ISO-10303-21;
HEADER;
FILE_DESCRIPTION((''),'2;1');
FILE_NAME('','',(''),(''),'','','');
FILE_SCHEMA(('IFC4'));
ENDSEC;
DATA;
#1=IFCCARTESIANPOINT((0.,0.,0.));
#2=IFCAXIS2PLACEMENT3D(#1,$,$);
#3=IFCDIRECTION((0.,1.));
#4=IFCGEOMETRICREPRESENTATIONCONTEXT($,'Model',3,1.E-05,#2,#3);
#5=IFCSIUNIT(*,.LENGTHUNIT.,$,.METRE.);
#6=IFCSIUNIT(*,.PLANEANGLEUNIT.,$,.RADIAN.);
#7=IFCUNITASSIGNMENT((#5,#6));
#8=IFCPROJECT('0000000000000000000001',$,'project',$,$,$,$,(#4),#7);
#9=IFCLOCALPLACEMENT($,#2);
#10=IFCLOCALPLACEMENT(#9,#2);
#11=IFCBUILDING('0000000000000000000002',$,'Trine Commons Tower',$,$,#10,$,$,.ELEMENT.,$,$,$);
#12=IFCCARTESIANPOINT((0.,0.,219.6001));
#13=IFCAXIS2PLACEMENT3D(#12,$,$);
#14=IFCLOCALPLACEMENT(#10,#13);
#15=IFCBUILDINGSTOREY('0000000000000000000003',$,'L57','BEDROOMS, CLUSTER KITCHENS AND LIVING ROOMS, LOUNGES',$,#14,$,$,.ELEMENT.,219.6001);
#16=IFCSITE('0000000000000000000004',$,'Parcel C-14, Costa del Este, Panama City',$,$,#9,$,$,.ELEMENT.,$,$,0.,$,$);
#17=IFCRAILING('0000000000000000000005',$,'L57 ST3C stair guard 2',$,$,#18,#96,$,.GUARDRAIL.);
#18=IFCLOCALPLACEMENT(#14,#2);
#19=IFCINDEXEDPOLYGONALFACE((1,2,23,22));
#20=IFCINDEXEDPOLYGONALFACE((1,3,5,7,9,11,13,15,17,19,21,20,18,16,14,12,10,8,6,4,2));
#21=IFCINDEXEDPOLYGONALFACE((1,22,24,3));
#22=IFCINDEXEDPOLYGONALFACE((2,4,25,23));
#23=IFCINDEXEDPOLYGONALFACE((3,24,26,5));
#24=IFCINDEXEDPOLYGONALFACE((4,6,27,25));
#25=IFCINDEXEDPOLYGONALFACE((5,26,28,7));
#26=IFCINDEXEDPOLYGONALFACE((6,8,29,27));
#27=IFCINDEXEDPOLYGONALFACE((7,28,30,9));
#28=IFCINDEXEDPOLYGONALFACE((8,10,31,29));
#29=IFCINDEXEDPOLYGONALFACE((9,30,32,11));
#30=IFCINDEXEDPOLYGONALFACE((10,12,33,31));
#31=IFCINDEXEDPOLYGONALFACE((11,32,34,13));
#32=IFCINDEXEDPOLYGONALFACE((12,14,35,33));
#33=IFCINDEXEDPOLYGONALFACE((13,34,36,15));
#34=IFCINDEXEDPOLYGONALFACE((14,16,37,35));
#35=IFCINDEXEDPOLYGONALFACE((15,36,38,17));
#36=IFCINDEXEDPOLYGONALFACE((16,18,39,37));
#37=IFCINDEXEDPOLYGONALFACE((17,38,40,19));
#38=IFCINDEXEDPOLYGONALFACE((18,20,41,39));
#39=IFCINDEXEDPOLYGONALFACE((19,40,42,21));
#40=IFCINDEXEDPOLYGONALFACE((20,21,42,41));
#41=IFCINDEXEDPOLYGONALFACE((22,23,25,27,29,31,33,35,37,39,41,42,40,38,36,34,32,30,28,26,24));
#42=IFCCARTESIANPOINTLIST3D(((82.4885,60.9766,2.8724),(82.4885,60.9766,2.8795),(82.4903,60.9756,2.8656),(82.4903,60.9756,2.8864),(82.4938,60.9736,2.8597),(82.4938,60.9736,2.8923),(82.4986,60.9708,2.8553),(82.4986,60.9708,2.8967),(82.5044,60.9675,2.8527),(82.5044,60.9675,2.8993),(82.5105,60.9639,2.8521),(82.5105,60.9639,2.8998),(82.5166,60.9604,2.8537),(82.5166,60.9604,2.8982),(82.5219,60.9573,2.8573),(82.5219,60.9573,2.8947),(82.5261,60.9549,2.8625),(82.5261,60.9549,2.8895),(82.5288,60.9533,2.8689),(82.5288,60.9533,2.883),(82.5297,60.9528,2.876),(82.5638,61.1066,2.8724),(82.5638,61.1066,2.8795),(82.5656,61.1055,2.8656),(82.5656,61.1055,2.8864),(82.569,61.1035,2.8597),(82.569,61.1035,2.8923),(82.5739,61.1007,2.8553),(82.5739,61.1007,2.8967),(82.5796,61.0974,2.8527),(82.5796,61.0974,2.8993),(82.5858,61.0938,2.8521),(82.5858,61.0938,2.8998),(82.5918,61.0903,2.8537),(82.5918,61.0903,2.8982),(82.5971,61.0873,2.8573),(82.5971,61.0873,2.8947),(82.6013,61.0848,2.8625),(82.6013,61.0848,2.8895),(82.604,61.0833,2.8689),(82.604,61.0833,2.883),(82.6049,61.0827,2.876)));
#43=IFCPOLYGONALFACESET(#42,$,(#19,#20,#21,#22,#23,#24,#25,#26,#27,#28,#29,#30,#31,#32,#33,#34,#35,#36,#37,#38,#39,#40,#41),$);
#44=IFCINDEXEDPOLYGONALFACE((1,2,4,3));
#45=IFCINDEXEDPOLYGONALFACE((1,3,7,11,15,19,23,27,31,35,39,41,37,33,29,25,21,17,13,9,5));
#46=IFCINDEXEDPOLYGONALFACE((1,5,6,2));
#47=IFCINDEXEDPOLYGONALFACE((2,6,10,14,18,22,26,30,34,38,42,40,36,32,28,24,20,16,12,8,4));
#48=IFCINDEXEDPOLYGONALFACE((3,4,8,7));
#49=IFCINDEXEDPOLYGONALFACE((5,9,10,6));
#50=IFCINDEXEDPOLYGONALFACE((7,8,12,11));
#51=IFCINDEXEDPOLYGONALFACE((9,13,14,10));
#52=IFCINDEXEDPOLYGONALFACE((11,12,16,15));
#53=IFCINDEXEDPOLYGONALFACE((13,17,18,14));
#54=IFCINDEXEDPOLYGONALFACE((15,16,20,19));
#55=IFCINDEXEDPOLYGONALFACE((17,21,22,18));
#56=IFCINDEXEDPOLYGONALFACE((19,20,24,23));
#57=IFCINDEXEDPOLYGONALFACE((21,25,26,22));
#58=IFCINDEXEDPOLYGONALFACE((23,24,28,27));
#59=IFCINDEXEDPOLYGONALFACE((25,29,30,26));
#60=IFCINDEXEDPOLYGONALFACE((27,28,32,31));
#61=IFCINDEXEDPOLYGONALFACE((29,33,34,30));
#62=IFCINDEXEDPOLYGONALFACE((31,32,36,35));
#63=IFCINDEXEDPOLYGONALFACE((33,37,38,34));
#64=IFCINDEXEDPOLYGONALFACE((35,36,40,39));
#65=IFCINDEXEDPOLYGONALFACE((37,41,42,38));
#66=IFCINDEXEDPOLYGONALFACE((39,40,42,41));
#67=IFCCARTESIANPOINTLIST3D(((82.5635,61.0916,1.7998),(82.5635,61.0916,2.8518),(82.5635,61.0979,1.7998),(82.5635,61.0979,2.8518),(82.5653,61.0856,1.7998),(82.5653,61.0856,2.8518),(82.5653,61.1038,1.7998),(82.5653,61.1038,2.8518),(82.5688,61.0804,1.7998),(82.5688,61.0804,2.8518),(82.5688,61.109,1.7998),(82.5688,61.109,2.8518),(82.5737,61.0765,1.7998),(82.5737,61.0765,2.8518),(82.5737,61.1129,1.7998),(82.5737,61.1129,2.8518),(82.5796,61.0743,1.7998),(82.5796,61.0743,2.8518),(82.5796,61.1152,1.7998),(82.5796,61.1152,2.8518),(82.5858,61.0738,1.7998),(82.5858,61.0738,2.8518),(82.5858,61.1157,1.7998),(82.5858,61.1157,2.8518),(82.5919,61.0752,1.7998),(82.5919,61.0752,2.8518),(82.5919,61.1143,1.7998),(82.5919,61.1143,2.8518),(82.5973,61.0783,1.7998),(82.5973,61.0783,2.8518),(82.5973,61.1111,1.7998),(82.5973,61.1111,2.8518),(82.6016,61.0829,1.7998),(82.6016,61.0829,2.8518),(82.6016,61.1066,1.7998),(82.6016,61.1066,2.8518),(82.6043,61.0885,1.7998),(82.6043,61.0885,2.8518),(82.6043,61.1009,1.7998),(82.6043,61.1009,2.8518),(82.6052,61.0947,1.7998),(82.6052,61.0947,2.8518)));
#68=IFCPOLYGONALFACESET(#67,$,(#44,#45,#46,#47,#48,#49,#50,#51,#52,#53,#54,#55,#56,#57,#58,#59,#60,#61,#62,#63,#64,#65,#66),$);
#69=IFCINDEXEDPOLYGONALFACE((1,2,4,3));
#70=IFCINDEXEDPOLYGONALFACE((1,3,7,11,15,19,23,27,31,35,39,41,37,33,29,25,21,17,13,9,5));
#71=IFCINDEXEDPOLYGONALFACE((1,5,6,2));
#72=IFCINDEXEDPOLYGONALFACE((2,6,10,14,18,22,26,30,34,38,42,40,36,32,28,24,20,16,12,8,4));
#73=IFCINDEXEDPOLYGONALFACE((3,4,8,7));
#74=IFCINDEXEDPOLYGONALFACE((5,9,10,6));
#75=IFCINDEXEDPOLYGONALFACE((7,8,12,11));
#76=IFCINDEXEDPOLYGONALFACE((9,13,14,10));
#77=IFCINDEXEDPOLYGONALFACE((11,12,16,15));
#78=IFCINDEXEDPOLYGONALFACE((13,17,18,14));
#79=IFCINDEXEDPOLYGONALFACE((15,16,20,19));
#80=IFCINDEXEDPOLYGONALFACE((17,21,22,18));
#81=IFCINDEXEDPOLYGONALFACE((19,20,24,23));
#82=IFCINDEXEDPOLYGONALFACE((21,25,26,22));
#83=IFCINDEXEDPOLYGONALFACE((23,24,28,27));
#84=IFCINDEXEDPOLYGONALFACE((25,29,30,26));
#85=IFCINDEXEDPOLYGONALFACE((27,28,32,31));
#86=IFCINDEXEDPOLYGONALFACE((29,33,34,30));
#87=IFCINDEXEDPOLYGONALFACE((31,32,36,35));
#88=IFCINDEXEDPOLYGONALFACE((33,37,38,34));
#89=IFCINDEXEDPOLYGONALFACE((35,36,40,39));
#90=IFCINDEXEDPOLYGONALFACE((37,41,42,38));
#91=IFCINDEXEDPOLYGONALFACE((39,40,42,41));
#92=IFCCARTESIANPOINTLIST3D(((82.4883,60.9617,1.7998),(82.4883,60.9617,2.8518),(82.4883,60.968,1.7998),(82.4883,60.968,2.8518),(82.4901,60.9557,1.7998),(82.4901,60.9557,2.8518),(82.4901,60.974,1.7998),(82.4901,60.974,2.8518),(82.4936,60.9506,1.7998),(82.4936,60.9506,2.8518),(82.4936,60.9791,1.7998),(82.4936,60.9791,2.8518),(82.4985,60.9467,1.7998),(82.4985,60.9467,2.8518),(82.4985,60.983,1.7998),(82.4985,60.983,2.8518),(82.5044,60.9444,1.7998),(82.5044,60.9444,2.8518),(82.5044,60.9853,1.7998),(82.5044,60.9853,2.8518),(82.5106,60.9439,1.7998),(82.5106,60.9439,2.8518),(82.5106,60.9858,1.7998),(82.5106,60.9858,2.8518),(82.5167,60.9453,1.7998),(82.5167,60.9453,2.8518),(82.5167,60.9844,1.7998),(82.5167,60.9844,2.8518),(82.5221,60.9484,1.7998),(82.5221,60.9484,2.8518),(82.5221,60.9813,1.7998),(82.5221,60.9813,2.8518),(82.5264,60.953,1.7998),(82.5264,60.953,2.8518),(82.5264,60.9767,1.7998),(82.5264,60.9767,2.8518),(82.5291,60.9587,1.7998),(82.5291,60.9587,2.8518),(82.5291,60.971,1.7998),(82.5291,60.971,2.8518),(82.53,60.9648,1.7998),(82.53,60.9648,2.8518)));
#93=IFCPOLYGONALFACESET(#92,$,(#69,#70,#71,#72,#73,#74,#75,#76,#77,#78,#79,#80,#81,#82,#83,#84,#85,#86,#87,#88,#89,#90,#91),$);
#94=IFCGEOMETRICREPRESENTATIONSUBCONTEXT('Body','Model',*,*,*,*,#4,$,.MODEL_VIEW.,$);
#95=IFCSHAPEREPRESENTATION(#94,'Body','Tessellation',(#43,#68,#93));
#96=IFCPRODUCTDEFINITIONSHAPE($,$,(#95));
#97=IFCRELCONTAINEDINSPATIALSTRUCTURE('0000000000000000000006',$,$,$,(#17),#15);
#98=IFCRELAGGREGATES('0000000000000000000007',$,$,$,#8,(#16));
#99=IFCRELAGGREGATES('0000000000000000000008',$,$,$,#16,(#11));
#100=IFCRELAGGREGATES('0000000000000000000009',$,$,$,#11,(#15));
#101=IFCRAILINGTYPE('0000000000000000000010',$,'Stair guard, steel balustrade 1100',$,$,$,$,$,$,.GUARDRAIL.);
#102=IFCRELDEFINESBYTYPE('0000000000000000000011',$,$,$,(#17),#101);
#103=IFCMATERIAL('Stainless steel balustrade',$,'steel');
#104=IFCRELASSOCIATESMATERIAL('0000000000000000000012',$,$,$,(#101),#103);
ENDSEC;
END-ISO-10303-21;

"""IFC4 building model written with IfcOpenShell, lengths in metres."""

from ifc_helpers import new_model, si_unit, direction, frame, origin, origin_2d, place, context, subcontext, project, spatial, circle, extrude, material, type_object, element, save


model = new_model("IFC4")

# Units and contexts
model_context = context("Model", 3, precision=1e-05, world=origin(), true_north=direction((0.0, 1.0)))
body_context = subcontext(model_context, "Body", "Model", "MODEL_VIEW")
ifc_project = project(units=[si_unit("LENGTHUNIT", "METRE"), si_unit("PLANEANGLEUNIT", "RADIAN")], contexts=[model_context])

# Site, building, storey
site_placement = place(None, origin())
site = spatial("IfcSite", under=ifc_project, at=site_placement, Name="Parcel C-14, Costa del Este, Panama City", CompositionType="ELEMENT", RefElevation=0.0)
building_placement = place(site_placement, origin())
building = spatial("IfcBuilding", under=site, at=building_placement, Name="Trine Commons Tower", CompositionType="ELEMENT")
storey_placement = place(building_placement, frame((0.0, 0.0, 219.6001)))
storey = spatial("IfcBuildingStorey", under=building, at=storey_placement, Name="L57", Description="BEDROOMS, CLUSTER KITCHENS AND LIVING ROOMS, LOUNGES", CompositionType="ELEMENT", Elevation=219.6001)

# Railing
ifc_material_1 = material(Name="Stainless steel balustrade", Category="steel")
railing_type_1 = type_object("IfcRailingType", Name="Stair guard, steel balustrade 1100", PredefinedType="GUARDRAIL", material=ifc_material_1)
railing_1_placement = place(storey_placement, frame((82.5842, 61.0947, 1.7998)))
element("IfcRailing", 1, at=railing_1_placement, inside=storey, type_object=railing_type_1, Name="L57 ST3C stair guard 2", PredefinedType="GUARDRAIL", context=body_context, shape_type="SweptSolid", body=[
    extrude(circle(Radius=0.0239, at=origin_2d()), frame((0.0, 0.0, 1.0762), z_axis=(-0.501036, -0.865426, 0.0), x_axis=(0.865426, -0.501036, 0.0)), (0.0, 0.0, 1.0), 0.1501),
    extrude(circle(Radius=0.021, at=origin_2d()), origin(), (0.0, 0.0, 1.0), 1.052),
    extrude(circle(Radius=0.021, at=origin_2d()), frame((-0.0752, -0.1299, 0.0)), (0.0, 0.0, 1.0), 1.052),
])

save(model, "model.ifc")
